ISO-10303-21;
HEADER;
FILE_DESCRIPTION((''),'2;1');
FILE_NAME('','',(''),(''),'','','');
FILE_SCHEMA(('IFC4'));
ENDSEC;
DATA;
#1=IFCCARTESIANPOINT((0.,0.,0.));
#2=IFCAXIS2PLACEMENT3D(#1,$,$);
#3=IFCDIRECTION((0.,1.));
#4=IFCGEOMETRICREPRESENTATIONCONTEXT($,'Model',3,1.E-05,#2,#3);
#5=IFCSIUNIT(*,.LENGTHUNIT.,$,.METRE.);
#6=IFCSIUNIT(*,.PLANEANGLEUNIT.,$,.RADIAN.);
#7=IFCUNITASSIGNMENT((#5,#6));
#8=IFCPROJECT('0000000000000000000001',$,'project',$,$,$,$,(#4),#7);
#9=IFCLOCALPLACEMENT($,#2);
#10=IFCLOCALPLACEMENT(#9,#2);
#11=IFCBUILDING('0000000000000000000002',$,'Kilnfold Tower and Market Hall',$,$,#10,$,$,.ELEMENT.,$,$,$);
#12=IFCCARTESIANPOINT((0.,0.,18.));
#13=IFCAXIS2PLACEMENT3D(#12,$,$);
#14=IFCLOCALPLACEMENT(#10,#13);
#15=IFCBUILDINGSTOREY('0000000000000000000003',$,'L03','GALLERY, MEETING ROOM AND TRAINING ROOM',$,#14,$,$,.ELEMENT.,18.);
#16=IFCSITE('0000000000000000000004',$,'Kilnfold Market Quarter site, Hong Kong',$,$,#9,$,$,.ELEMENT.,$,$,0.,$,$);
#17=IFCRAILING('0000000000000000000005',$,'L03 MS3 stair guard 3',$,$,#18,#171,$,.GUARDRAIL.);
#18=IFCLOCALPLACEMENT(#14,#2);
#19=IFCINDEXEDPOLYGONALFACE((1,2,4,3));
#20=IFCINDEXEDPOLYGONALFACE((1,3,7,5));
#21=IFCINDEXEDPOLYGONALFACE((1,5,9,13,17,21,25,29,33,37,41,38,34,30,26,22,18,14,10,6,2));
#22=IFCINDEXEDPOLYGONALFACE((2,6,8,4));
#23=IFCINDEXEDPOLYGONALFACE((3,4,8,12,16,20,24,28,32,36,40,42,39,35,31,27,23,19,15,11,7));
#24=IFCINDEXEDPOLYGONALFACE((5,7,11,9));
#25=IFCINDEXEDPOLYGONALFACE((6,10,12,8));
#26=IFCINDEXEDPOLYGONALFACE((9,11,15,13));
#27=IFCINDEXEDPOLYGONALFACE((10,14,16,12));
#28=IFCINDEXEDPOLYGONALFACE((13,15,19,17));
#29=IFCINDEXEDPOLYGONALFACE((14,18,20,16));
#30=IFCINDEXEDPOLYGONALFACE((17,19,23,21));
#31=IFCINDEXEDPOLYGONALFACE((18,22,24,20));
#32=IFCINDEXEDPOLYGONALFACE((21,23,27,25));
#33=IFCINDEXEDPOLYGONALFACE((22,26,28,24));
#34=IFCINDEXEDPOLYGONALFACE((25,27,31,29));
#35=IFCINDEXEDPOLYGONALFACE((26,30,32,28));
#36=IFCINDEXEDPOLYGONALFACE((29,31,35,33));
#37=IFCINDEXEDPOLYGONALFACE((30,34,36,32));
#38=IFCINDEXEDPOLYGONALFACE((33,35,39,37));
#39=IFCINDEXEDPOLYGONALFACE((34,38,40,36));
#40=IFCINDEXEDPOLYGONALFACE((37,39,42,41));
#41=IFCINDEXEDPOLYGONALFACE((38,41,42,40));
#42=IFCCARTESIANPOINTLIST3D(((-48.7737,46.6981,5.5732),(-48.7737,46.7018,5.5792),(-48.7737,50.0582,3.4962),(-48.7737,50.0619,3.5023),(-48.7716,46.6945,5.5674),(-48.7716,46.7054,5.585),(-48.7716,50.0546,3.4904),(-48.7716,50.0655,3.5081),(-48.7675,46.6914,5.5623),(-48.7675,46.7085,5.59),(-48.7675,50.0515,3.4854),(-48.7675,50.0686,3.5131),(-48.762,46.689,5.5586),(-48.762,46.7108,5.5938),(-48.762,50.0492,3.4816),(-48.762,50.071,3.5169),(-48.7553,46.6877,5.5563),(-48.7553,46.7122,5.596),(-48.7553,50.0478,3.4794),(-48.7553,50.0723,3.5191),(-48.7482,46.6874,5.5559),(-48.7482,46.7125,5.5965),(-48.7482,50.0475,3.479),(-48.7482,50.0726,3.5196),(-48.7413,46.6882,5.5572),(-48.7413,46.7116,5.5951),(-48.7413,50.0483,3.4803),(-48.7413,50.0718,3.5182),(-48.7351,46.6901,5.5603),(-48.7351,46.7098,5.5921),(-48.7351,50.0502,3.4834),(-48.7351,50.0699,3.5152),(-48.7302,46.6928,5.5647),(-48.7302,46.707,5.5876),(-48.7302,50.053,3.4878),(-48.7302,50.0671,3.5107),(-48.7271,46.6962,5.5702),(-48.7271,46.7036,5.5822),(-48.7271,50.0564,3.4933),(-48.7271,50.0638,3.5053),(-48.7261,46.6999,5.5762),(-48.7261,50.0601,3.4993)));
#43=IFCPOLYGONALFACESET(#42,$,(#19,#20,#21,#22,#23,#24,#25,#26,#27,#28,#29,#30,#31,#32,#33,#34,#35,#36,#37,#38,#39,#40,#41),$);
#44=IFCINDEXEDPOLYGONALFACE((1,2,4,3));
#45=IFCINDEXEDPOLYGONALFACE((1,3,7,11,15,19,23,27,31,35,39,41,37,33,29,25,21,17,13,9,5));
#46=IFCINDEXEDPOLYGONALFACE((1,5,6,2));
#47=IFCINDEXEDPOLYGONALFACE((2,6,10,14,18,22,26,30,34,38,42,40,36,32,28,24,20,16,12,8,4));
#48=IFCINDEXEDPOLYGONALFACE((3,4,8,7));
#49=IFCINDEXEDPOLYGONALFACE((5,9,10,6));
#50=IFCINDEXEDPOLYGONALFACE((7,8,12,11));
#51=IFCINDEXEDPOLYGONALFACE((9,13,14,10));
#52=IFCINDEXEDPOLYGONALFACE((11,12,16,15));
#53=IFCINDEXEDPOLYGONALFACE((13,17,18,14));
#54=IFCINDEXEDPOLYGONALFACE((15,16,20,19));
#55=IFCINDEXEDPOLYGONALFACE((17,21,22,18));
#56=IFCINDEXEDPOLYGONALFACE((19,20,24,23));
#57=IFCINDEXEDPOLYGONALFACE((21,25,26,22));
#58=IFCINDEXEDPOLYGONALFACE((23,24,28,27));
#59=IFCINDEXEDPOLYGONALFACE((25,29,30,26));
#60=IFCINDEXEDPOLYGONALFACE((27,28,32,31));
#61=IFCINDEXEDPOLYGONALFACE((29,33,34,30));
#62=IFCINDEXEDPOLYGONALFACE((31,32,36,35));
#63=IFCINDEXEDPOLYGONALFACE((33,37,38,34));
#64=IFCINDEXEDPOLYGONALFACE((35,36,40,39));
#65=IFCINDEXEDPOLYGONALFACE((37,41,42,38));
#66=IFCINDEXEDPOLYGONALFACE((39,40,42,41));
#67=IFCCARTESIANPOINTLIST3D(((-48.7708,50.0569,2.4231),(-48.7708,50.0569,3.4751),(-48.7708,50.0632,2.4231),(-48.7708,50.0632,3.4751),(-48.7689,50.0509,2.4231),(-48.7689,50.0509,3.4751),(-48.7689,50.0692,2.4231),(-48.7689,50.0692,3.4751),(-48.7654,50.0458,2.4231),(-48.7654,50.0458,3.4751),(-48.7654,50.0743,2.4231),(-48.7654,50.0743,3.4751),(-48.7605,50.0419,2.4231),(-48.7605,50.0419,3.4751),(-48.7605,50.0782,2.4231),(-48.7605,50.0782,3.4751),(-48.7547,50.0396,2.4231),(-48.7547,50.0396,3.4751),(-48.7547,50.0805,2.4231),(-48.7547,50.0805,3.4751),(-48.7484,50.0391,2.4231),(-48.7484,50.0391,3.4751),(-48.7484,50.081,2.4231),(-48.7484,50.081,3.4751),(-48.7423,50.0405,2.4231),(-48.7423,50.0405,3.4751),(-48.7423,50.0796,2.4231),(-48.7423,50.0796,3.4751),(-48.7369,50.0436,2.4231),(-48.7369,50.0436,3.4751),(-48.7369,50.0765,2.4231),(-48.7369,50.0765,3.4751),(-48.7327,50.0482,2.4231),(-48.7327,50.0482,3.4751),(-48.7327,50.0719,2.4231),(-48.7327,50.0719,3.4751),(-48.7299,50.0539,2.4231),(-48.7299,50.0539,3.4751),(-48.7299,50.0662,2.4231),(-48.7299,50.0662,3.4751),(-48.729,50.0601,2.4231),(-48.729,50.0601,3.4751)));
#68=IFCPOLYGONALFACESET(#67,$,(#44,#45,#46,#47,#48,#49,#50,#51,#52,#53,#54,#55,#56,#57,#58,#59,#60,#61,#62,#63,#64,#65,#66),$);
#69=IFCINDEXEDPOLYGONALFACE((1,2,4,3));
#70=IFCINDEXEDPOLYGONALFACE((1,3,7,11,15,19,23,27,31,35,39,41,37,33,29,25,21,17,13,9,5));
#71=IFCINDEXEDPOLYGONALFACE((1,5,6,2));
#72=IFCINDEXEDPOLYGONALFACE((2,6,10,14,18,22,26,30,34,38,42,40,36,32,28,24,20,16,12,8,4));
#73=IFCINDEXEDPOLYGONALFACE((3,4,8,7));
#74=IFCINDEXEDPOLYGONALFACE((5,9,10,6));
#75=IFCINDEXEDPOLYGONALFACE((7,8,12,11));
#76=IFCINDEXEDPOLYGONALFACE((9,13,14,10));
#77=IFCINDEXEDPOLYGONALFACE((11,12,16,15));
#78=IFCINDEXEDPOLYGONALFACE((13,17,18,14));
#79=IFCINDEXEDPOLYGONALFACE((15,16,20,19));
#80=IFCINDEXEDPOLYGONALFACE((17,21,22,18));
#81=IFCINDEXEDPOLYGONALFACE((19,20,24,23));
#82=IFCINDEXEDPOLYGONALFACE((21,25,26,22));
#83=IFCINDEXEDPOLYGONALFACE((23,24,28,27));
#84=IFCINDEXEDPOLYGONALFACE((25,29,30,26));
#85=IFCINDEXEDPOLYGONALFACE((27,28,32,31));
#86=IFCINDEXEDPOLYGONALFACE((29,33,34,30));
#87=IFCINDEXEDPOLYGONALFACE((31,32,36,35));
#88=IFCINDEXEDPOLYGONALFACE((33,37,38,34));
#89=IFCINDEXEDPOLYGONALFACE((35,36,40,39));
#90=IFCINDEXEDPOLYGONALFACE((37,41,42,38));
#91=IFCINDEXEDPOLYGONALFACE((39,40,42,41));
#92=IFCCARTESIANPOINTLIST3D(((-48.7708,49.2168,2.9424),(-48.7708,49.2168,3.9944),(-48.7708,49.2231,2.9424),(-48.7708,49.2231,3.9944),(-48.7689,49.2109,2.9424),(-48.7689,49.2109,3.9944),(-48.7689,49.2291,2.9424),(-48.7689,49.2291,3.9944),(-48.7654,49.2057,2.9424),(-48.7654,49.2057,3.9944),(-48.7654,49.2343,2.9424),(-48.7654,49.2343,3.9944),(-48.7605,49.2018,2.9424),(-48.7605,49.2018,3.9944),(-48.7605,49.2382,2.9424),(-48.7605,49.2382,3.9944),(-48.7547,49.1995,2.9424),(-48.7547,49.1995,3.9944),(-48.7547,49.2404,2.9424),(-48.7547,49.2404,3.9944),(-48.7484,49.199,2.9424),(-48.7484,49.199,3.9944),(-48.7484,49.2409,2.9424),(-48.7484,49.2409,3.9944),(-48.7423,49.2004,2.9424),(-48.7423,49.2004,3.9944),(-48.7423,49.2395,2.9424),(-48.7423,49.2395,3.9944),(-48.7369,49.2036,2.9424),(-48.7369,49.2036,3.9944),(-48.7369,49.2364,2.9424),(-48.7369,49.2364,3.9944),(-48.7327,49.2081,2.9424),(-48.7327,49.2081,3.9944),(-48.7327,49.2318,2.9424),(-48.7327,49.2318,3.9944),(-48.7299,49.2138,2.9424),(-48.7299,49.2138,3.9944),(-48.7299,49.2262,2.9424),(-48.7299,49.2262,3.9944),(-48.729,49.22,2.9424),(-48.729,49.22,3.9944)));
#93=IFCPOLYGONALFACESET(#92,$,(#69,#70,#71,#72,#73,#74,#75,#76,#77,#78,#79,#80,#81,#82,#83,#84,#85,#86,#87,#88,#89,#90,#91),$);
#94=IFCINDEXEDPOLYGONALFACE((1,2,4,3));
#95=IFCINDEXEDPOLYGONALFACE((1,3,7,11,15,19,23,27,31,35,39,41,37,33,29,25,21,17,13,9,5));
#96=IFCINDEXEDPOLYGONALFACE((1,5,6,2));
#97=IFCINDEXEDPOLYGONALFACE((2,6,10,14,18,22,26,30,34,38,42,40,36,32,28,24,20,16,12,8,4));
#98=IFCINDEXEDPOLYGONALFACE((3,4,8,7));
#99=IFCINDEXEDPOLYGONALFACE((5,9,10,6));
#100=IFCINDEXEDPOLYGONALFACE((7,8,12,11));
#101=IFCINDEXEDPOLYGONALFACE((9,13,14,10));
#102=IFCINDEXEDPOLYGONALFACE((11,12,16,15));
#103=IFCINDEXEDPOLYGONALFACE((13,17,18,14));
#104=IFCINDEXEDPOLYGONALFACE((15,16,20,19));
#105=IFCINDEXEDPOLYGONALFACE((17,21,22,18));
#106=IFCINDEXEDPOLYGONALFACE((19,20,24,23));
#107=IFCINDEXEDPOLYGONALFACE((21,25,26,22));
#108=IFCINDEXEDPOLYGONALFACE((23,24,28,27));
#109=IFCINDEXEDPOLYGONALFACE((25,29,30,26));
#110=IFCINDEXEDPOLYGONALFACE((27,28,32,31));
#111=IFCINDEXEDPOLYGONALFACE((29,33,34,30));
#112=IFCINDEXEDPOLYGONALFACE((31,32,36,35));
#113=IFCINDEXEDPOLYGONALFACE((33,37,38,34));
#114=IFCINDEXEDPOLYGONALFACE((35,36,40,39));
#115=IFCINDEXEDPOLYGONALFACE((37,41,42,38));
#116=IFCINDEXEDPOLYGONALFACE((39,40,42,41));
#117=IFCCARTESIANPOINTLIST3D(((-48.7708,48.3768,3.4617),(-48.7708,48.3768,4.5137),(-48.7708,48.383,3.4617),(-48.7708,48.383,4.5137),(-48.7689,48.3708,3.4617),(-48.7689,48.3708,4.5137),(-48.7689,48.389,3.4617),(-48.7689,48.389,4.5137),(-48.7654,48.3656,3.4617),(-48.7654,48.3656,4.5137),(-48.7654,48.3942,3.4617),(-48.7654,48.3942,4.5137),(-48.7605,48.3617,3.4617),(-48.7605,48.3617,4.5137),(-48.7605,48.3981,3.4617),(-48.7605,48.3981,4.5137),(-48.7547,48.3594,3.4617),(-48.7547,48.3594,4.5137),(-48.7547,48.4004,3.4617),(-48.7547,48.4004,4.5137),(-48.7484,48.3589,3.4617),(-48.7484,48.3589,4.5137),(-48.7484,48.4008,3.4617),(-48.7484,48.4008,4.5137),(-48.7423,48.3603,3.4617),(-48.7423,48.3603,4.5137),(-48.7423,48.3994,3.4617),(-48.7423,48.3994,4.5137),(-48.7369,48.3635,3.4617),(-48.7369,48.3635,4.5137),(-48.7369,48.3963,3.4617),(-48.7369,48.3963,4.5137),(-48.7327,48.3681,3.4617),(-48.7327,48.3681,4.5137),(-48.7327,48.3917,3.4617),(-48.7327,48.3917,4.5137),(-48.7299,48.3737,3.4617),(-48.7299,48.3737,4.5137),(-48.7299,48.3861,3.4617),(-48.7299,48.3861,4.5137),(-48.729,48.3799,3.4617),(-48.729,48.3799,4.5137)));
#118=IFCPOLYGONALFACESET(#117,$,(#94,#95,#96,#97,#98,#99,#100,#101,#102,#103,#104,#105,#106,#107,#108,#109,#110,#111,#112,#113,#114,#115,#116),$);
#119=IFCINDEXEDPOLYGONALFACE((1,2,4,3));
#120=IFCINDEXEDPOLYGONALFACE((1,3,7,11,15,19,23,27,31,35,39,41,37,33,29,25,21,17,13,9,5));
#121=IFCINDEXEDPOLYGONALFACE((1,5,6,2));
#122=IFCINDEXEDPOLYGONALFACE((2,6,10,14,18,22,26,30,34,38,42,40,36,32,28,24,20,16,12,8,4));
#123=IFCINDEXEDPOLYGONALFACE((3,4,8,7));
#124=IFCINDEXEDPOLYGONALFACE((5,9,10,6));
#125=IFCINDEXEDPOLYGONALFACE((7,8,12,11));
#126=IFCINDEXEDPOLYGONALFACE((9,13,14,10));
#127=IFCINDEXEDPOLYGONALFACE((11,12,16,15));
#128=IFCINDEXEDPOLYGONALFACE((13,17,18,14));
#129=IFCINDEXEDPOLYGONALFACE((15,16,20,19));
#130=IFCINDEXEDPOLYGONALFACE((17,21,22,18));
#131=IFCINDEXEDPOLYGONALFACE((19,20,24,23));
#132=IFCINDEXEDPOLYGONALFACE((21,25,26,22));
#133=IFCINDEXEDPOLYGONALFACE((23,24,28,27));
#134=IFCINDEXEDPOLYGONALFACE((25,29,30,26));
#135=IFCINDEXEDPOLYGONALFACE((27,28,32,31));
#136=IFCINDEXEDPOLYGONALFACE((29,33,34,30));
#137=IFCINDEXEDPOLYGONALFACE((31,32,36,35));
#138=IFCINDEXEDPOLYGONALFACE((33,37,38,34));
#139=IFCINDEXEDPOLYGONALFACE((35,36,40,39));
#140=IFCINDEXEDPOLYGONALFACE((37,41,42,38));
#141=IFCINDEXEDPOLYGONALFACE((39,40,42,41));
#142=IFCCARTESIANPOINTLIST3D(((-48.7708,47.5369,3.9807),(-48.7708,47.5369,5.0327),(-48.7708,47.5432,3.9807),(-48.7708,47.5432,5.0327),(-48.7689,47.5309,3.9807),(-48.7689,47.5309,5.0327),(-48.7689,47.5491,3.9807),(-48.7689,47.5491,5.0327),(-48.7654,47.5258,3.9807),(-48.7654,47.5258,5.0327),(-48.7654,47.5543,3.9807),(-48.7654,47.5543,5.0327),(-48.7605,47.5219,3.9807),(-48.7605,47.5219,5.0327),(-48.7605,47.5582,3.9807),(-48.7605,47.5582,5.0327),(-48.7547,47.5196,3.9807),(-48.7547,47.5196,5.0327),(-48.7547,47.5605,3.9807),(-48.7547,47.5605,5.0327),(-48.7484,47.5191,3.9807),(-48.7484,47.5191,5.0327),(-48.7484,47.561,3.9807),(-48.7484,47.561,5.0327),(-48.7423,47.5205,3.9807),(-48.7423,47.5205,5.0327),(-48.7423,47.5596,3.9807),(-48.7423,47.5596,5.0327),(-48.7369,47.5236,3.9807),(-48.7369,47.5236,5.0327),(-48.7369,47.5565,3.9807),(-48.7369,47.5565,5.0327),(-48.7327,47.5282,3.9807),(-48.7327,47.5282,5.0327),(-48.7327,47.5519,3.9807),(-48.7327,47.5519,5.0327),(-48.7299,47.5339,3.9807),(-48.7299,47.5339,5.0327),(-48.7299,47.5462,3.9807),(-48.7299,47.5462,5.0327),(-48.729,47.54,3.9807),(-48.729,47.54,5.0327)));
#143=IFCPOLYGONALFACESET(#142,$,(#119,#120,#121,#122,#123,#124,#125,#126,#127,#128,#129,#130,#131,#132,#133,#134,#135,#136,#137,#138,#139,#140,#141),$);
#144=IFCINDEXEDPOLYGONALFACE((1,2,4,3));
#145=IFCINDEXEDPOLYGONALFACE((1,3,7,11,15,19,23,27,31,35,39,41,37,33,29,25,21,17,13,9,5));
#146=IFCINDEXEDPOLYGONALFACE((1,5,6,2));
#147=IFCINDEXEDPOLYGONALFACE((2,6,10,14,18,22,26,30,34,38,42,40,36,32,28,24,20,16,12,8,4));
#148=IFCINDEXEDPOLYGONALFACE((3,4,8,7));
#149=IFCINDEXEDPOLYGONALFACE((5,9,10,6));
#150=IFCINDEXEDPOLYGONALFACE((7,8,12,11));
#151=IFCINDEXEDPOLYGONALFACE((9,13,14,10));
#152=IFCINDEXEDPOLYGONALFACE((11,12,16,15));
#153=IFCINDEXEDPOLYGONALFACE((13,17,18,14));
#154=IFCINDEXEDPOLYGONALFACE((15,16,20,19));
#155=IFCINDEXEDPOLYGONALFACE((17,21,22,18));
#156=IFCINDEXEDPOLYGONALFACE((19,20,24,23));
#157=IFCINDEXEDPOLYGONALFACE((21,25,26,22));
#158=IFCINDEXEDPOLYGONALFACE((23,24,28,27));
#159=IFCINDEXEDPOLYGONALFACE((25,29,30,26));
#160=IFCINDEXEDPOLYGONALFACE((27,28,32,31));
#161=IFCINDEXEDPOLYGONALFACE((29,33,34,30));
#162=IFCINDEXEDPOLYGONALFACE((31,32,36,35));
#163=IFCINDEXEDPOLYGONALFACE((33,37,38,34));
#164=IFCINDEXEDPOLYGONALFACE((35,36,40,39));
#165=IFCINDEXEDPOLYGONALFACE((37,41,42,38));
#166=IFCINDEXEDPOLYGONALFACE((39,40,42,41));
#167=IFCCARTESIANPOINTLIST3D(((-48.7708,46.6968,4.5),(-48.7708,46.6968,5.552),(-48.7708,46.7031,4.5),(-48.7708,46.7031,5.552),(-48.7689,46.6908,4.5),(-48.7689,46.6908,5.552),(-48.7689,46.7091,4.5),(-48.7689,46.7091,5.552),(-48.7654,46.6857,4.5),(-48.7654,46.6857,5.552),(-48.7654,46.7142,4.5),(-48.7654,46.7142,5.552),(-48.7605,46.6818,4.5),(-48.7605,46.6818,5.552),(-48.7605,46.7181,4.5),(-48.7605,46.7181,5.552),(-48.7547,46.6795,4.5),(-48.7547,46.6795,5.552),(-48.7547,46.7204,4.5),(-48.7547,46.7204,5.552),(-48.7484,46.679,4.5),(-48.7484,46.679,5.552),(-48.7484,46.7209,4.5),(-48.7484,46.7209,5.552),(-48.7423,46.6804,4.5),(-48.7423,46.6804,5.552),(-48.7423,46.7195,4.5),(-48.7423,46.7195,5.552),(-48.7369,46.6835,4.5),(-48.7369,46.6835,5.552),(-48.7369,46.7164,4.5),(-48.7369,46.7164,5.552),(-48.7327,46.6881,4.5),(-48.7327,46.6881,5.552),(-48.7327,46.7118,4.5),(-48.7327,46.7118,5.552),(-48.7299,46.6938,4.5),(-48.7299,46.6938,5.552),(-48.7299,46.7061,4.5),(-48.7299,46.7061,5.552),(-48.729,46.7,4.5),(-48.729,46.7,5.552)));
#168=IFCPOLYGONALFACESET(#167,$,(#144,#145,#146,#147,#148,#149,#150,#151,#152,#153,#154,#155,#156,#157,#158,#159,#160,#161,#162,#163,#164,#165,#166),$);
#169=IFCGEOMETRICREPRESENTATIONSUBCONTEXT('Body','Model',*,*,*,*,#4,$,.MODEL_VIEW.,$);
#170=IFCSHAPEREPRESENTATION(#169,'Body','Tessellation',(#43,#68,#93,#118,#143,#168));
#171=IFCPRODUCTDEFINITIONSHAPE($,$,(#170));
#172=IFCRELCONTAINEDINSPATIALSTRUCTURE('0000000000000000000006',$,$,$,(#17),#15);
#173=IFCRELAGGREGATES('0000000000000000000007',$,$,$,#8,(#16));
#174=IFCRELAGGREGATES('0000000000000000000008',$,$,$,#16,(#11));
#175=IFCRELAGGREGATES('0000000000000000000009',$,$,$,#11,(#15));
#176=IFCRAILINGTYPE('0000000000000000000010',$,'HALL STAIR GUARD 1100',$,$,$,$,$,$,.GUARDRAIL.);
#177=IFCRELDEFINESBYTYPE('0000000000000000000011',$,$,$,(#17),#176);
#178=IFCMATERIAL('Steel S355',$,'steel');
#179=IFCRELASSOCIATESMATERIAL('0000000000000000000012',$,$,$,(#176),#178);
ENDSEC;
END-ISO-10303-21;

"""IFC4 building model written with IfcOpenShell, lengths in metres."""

from ifc_helpers import new_model, si_unit, direction, frame, origin, origin_2d, place, context, subcontext, project, spatial, circle, extrude, material, type_object, element, save


model = new_model("IFC4")

# Units and contexts
model_context = context("Model", 3, precision=1e-05, world=origin(), true_north=direction((0.0, 1.0)))
body_context = subcontext(model_context, "Body", "Model", "MODEL_VIEW")
ifc_project = project(units=[si_unit("LENGTHUNIT", "METRE"), si_unit("PLANEANGLEUNIT", "RADIAN")], contexts=[model_context])

# Site, building, storey
site_placement = place(None, origin())
site = spatial("IfcSite", under=ifc_project, at=site_placement, Name="Kilnfold Market Quarter site, Hong Kong", CompositionType="ELEMENT", RefElevation=0.0)
building_placement = place(site_placement, origin())
building = spatial("IfcBuilding", under=site, at=building_placement, Name="Kilnfold Tower and Market Hall", CompositionType="ELEMENT")
storey_placement = place(building_placement, frame((0.0, 0.0, 18.0)))
storey = spatial("IfcBuildingStorey", under=building, at=storey_placement, Name="L03", Description="GALLERY, MEETING ROOM AND TRAINING ROOM", CompositionType="ELEMENT", Elevation=18.0)

# Railing
ifc_material_1 = material(Name="Steel S355", Category="steel")
railing_type_1 = type_object("IfcRailingType", Name="HALL STAIR GUARD 1100", PredefinedType="GUARDRAIL", material=ifc_material_1)
railing_1_placement = place(storey_placement, frame((-48.75, 50.0601, 2.4231)))
element("IfcRailing", 1, at=railing_1_placement, inside=storey, type_object=railing_type_1, Name="L03 MS3 stair guard 3", PredefinedType="GUARDRAIL", context=body_context, shape_type="SweptSolid", body=[
    extrude(circle(Radius=0.0239, at=origin_2d()), frame((0.0, 0.0, 1.0762), z_axis=(0.0, -0.850623, 0.525776), x_axis=(1.0, 0.0, 0.0)), (0.0, 0.0, 1.0), 3.9502),
    extrude(circle(Radius=0.021, at=origin_2d()), origin(), (0.0, 0.0, 1.0), 1.052),
    extrude(circle(Radius=0.021, at=origin_2d()), frame((0.0, -0.8401, 0.5193)), (0.0, 0.0, 1.0), 1.052),
    extrude(circle(Radius=0.021, at=origin_2d()), frame((0.0, -1.6802, 1.0386)), (0.0, 0.0, 1.0), 1.052),
    extrude(circle(Radius=0.021, at=origin_2d()), frame((0.0, -2.52, 1.5576)), (0.0, 0.0, 1.0), 1.052),
    extrude(circle(Radius=0.021, at=origin_2d()), frame((0.0, -3.3601, 2.0769)), (0.0, 0.0, 1.0), 1.052),
])

save(model, "model.ifc")
